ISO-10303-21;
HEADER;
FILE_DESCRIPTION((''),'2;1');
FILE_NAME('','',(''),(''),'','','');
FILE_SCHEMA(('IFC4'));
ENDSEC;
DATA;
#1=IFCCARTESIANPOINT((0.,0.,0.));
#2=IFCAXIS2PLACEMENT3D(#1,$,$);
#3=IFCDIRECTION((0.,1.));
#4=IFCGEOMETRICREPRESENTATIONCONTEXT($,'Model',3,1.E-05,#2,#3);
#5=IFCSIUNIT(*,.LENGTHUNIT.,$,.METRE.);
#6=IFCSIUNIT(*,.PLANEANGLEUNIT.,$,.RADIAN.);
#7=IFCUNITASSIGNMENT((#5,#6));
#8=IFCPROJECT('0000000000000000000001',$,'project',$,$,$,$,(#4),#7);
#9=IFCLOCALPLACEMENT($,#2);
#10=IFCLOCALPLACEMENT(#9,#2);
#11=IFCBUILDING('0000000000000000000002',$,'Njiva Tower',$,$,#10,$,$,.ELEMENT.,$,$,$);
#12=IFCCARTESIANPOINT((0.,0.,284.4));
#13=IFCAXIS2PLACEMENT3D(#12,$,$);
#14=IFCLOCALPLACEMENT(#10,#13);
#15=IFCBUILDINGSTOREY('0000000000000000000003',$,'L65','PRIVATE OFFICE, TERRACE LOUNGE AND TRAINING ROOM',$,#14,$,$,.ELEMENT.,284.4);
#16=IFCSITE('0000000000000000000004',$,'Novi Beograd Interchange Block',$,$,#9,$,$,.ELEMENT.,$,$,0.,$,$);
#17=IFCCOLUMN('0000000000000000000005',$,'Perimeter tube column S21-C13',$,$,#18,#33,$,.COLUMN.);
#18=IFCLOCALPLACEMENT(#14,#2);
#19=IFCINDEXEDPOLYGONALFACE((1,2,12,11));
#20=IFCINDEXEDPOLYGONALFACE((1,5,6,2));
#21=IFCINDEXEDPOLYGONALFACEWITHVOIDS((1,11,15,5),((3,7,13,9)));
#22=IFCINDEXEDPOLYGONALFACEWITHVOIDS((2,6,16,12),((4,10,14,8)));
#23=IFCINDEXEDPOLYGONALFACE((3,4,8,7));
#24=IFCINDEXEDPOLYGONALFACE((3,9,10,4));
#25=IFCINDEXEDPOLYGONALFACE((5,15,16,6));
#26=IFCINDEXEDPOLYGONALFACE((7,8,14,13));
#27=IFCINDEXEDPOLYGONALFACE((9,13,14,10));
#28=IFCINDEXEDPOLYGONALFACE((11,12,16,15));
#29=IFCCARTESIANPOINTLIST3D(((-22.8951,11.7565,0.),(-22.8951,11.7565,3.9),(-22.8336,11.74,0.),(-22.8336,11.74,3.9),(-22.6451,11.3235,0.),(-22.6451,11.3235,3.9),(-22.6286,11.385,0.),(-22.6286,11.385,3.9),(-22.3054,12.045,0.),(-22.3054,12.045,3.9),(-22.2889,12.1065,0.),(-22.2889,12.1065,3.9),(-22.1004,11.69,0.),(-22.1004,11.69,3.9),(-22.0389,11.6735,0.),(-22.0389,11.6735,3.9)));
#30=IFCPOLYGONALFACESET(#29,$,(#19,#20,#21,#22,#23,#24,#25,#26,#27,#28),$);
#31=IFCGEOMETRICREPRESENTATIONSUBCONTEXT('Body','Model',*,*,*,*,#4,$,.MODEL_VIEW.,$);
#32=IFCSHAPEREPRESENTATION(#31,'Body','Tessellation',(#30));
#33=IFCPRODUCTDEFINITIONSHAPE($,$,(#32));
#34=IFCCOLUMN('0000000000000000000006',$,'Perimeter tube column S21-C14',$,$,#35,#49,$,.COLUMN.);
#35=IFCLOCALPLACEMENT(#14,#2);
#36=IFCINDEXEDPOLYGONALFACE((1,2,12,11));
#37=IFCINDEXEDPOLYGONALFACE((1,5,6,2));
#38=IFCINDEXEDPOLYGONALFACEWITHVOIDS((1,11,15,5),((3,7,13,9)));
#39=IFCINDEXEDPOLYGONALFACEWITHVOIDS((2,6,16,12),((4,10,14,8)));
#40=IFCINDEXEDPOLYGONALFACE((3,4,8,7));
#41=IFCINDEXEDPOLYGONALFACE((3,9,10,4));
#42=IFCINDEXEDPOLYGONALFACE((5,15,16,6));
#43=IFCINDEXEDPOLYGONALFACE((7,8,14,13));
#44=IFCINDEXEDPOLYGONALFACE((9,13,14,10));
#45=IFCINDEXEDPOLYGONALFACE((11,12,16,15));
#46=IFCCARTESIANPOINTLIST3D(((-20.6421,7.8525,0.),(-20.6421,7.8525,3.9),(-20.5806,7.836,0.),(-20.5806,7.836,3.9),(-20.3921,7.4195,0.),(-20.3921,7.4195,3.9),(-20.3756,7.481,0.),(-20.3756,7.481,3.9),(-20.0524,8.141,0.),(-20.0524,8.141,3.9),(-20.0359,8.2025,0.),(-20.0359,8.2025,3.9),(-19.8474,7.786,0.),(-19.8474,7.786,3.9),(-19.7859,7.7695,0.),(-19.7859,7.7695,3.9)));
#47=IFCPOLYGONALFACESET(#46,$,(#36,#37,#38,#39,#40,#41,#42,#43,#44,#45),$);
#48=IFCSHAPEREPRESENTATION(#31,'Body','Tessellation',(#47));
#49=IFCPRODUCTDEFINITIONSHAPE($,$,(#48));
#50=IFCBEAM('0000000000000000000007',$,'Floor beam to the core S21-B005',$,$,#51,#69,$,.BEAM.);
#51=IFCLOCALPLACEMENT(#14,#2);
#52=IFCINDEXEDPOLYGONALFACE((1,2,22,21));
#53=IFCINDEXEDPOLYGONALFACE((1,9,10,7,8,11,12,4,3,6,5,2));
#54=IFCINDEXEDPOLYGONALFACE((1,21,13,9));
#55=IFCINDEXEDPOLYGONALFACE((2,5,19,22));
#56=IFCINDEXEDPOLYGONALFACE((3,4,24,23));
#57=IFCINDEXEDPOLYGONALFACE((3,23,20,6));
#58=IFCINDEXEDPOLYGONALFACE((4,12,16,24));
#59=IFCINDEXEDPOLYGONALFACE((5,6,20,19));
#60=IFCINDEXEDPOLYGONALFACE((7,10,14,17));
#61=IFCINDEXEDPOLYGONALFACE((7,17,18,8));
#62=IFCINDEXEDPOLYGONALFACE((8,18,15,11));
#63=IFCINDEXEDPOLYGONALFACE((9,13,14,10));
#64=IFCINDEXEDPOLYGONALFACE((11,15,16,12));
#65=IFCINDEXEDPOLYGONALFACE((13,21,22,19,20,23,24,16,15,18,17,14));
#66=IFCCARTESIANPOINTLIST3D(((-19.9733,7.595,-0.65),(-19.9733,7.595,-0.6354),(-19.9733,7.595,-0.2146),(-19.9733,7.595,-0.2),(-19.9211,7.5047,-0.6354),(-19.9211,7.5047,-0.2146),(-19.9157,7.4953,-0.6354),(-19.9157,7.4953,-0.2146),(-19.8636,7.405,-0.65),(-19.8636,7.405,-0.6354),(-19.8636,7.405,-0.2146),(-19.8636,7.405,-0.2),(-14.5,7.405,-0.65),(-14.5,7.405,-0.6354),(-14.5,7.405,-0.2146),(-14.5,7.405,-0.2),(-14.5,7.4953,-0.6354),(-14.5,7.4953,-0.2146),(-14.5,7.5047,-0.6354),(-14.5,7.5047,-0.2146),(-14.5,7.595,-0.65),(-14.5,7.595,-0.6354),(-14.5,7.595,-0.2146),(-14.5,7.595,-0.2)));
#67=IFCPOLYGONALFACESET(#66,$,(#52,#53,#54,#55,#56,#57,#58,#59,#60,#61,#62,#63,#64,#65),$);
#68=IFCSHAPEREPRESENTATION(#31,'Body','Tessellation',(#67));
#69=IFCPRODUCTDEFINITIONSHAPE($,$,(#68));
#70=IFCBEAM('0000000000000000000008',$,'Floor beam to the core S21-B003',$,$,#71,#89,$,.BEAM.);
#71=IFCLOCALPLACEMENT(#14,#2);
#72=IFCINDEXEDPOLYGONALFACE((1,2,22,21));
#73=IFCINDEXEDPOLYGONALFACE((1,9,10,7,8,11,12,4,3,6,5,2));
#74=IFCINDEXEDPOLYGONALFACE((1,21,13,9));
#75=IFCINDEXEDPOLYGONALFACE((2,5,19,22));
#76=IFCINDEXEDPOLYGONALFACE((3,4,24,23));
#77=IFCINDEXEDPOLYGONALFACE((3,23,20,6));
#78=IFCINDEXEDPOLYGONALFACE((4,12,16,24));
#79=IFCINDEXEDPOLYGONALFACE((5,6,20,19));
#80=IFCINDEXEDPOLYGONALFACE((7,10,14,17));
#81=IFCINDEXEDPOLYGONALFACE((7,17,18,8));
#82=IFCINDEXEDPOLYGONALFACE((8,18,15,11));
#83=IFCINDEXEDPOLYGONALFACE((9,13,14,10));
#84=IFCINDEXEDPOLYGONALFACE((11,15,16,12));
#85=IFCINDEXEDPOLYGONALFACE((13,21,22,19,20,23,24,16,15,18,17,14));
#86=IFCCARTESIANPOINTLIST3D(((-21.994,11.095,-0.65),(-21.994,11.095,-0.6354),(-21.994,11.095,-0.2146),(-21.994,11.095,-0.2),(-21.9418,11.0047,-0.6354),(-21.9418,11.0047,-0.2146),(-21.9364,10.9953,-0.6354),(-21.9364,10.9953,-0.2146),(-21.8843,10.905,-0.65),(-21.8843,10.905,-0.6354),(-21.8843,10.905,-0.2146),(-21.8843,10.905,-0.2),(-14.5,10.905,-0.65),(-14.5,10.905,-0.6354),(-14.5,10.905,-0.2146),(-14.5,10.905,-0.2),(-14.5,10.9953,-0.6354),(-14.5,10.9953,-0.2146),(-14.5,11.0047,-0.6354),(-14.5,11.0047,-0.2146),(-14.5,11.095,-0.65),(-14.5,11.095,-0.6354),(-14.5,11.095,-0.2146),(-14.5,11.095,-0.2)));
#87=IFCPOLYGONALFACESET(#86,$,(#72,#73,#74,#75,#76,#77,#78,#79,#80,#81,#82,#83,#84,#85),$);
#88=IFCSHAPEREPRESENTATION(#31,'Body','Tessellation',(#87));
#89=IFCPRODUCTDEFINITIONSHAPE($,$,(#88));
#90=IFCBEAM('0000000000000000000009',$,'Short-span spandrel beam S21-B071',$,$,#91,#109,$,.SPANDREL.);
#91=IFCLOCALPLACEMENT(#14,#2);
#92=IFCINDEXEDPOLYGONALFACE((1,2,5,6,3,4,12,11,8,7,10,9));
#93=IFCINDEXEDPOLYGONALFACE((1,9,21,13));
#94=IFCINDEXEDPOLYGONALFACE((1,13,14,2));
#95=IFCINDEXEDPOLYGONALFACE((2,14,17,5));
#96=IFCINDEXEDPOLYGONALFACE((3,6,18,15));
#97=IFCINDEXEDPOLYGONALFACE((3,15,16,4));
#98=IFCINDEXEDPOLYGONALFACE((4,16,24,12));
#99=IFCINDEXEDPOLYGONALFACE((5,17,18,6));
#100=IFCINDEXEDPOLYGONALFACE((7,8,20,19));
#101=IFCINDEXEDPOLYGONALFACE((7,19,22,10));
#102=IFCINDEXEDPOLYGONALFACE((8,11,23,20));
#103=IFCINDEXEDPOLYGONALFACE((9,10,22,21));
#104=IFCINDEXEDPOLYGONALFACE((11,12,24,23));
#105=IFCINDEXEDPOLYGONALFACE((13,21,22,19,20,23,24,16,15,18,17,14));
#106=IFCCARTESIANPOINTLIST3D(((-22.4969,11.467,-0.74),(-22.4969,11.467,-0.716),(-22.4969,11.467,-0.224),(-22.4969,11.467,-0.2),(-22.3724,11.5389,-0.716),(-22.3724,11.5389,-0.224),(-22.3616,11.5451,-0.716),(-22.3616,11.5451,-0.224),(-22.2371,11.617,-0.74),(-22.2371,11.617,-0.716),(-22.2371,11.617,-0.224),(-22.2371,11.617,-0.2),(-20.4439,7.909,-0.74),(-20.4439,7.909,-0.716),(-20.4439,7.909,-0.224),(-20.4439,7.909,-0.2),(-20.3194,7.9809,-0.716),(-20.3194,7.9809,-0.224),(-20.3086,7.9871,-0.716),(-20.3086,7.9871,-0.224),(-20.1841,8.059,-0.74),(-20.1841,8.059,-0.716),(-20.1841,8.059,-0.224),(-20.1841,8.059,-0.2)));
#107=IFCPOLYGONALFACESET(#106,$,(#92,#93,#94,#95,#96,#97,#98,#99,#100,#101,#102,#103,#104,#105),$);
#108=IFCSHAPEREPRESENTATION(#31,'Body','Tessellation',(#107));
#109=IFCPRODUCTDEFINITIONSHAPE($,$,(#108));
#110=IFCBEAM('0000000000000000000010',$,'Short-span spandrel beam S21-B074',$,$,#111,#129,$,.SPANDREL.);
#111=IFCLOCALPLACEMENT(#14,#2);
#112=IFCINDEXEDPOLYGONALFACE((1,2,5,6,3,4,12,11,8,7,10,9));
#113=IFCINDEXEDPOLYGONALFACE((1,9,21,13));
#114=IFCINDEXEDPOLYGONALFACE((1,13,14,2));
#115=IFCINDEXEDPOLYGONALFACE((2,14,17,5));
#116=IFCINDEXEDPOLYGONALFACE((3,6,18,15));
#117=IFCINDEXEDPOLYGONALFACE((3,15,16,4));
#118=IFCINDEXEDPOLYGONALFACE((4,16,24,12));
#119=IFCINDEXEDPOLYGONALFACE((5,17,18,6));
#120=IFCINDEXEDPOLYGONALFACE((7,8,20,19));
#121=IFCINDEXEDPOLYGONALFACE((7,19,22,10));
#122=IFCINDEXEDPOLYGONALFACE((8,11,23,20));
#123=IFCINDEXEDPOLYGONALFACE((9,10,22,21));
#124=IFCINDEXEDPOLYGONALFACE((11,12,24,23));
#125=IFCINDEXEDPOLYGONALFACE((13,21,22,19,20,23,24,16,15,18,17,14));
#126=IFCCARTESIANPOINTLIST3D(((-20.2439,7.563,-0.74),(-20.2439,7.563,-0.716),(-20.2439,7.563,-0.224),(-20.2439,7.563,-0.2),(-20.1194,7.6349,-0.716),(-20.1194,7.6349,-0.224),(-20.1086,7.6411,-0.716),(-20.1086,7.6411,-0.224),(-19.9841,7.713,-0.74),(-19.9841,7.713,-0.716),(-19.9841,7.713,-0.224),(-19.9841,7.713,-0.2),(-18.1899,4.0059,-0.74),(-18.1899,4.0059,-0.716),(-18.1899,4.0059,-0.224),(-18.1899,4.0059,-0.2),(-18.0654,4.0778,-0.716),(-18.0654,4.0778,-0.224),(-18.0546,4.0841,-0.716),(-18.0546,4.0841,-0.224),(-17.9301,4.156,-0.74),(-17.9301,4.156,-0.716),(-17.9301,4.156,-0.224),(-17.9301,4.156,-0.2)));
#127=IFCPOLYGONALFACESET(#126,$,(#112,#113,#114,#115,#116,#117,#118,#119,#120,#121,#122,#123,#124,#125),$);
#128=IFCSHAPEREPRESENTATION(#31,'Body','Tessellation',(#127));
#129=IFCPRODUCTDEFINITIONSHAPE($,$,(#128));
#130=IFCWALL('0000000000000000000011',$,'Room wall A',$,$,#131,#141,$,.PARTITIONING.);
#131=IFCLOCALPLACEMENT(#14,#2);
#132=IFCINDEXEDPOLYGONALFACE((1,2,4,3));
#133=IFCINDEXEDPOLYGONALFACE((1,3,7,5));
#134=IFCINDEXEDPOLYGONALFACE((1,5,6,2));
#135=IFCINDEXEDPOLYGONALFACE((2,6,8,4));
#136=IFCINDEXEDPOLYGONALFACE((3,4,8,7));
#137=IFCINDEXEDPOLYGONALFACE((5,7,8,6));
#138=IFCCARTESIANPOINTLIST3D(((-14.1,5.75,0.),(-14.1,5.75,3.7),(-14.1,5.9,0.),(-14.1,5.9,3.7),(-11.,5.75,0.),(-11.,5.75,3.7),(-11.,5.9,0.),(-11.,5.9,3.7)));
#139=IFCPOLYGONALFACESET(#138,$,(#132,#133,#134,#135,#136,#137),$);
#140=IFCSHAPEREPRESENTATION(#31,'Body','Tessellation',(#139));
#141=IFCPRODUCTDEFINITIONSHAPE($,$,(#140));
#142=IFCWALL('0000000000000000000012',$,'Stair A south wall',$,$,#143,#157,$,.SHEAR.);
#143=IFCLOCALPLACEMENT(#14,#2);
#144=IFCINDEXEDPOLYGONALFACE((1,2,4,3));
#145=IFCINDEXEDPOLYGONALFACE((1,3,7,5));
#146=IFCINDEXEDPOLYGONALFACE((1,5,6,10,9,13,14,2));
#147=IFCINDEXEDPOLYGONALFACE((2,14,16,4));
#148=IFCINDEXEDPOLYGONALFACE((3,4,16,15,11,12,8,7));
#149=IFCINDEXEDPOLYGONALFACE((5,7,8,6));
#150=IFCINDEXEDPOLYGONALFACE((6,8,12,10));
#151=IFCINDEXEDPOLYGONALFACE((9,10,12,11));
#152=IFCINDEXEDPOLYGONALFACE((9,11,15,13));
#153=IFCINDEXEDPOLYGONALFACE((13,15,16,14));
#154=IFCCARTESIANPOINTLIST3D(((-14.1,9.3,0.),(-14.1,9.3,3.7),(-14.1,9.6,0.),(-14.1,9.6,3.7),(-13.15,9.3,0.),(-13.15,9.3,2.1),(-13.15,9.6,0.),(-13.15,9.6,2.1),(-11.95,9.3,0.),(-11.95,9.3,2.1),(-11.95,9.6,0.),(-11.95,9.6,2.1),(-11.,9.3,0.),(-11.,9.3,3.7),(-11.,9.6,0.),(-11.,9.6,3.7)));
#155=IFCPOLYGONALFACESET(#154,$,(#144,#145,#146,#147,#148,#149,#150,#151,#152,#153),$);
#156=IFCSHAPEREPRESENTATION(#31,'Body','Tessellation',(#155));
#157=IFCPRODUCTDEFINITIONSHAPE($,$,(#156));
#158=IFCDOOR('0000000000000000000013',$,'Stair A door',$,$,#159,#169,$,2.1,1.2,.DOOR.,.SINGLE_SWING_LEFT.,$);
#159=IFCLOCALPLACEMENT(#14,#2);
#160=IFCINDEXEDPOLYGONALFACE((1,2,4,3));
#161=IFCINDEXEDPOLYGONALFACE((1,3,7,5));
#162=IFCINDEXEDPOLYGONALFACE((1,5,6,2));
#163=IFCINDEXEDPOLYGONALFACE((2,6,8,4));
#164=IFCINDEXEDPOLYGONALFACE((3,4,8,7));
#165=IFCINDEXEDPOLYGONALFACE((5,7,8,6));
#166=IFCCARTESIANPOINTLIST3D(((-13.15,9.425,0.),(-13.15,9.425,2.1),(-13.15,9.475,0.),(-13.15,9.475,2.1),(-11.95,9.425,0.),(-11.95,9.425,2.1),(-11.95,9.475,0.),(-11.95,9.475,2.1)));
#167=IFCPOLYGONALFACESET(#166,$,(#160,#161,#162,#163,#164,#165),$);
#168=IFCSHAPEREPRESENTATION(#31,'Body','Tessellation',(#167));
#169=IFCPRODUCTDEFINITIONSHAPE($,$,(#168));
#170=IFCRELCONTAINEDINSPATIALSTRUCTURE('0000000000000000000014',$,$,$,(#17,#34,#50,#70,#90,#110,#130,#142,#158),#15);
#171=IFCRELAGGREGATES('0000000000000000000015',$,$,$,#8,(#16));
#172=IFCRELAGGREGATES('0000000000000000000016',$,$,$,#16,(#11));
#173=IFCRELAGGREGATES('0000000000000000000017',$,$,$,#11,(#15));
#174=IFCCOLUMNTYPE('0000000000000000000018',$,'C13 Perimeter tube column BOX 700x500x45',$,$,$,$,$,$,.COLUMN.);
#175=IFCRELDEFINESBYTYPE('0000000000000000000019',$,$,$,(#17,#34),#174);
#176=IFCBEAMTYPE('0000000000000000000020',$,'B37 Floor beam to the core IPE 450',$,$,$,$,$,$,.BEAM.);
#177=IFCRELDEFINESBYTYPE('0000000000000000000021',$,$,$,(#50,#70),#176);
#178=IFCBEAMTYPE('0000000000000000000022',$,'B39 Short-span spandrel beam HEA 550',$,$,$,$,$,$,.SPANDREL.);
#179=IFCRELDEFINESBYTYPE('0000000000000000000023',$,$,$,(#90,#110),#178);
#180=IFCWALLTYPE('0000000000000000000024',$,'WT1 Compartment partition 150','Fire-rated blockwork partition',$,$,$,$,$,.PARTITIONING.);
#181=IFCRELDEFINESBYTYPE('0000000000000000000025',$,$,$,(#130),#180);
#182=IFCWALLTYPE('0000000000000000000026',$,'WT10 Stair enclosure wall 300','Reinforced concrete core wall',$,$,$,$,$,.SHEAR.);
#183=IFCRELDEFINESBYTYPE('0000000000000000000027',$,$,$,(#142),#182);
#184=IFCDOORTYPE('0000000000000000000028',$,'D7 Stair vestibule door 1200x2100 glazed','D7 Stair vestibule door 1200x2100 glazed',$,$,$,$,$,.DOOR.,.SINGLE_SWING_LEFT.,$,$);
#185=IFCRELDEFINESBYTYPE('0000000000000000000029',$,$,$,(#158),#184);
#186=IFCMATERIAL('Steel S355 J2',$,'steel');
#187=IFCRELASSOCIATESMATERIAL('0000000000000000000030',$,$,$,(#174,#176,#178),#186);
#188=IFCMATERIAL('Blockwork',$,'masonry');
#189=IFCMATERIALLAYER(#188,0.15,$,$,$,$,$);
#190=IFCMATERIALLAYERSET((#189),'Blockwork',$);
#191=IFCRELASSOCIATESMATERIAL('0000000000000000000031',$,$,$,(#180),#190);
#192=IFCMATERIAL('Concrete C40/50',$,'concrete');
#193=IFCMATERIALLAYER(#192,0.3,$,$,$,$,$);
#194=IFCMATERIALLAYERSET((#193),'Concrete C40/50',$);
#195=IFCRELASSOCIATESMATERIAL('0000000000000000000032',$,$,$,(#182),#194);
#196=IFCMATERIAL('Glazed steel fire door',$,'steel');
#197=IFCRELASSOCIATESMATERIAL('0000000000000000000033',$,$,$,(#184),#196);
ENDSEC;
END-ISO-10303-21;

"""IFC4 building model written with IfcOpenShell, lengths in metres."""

from ifc_helpers import new_model, si_unit, direction, frame, frame_2d, origin, origin_2d, place, context, subcontext, project, spatial, rectangle, hollow_rectangle, i_section, extrude, clip, halfspace, material, layer, layer_set, material_profile, profile_set, type_object, element, fill, save


model = new_model("IFC4")

# Units and contexts
model_context = context("Model", 3, precision=1e-05, world=origin(), true_north=direction((0.0, 1.0)))
body_context = subcontext(model_context, "Body", "Model", "MODEL_VIEW")
ifc_project = project(units=[si_unit("LENGTHUNIT", "METRE"), si_unit("PLANEANGLEUNIT", "RADIAN")], contexts=[model_context])

# Site, building, storey
site_placement = place(None, origin())
site = spatial("IfcSite", under=ifc_project, at=site_placement, Name="Novi Beograd Interchange Block", CompositionType="ELEMENT", RefElevation=0.0)
building_placement = place(site_placement, origin())
building = spatial("IfcBuilding", under=site, at=building_placement, Name="Njiva Tower", CompositionType="ELEMENT")
storey_placement = place(building_placement, frame((0.0, 0.0, 284.4)))
storey = spatial("IfcBuildingStorey", under=building, at=storey_placement, Name="L65", Description="PRIVATE OFFICE, TERRACE LOUNGE AND TRAINING ROOM", CompositionType="ELEMENT", Elevation=284.4)

# Columns
ifc_material_1 = material(Name="Steel S355 J2", Category="steel")
ifc_material_profile_1 = material_profile(ifc_material_1, hollow_rectangle(XDim=0.5, YDim=0.7, WallThickness=0.045, at=origin_2d()), Name="BOX 700x500x45")
ifc_profile_set_1 = profile_set([ifc_material_profile_1], Name="Steel S355 J2")
column_type = type_object("IfcColumnType", Name="C13 Perimeter tube column BOX 700x500x45", PredefinedType="COLUMN", material=ifc_profile_set_1)
for number, where, z_axis, x_axis, name in (
    (1, (-22.467, 11.715, 0.0), (0.0, 0.0, 1.0), (0.5, -0.866025, 0.0), "Perimeter tube column S21-C13"),
    (2, (-20.214, 7.811, 0.0), (0.0, 0.0, 1.0), (0.5, -0.866025, 0.0), "Perimeter tube column S21-C14"),
):
    element("IfcColumn", number, at=place(storey_placement, frame(where, z_axis=z_axis, x_axis=x_axis)), inside=storey, type_object=column_type, Name=name, PredefinedType="COLUMN", context=body_context, shape_type="SweptSolid", body=[
        extrude(hollow_rectangle(XDim=0.5, YDim=0.7, WallThickness=0.045, at=origin_2d()), origin(), (0.0, 0.0, 1.0), 3.9),
    ])

# Beams
ifc_material_profile_2 = material_profile(ifc_material_1, i_section(OverallWidth=0.19, OverallDepth=0.45, WebThickness=0.0094, FlangeThickness=0.0146, at=origin_2d()), Name="IPE 450")
ifc_profile_set_2 = profile_set([ifc_material_profile_2], Name="Steel S355 J2")
beam_type_1 = type_object("IfcBeamType", Name="B37 Floor beam to the core IPE 450", PredefinedType="BEAM", material=ifc_profile_set_2)
beam_1_placement = place(storey_placement, frame((-19.993, 7.5, -0.425), z_axis=(1.0, 0.0, 0.0), x_axis=(0.0, 1.0, 0.0)))
element("IfcBeam", 3, at=beam_1_placement, inside=storey, type_object=beam_type_1, Name="Floor beam to the core S21-B005", PredefinedType="BEAM", context=body_context, shape_type="Clipping", body=[
    clip(extrude(i_section(OverallWidth=0.19, OverallDepth=0.45, WebThickness=0.0094, FlangeThickness=0.0146, at=origin_2d()), origin(), (0.0, 0.0, 1.0), 5.493), halfspace(frame((-0.025, 0.0, 0.089), z_axis=(-0.499998, 0.0, -0.866027), x_axis=(0.0, -1.0, 0.0)), False)),
])
beam_2_placement = place(storey_placement, frame((-22.014, 11.0, -0.425), z_axis=(1.0, 0.0, 0.0), x_axis=(0.0, 1.0, 0.0)))
element("IfcBeam", 4, at=beam_2_placement, inside=storey, type_object=beam_type_1, Name="Floor beam to the core S21-B003", PredefinedType="BEAM", context=body_context, shape_type="Clipping", body=[
    clip(extrude(i_section(OverallWidth=0.19, OverallDepth=0.45, WebThickness=0.0094, FlangeThickness=0.0146, at=origin_2d()), origin(), (0.0, 0.0, 1.0), 7.514), halfspace(frame((-0.025, 0.0, 0.0893), z_axis=(-0.499998, 0.0, -0.866027), x_axis=(0.0, -1.0, 0.0)), False)),
])
ifc_material_profile_3 = material_profile(ifc_material_1, i_section(OverallWidth=0.3, OverallDepth=0.54, WebThickness=0.0125, FlangeThickness=0.024, at=origin_2d()), Name="HEA 550")
ifc_profile_set_3 = profile_set([ifc_material_profile_3], Name="Steel S355 J2")
beam_type_2 = type_object("IfcBeamType", Name="B39 Short-span spandrel beam HEA 550", PredefinedType="SPANDREL", material=ifc_profile_set_3)
beam_3_placement = place(storey_placement, frame((-22.367, 11.542, -0.47), z_axis=(0.499779, -0.866153, 0.0), x_axis=(0.866153, 0.499779, 0.0)))
element("IfcBeam", 5, at=beam_3_placement, inside=storey, type_object=beam_type_2, Name="Short-span spandrel beam S21-B071", PredefinedType="SPANDREL", context=body_context, shape_type="SweptSolid", body=[
    extrude(i_section(OverallWidth=0.3, OverallDepth=0.54, WebThickness=0.0125, FlangeThickness=0.024, at=origin_2d()), origin(), (0.0, 0.0, 1.0), 4.1078),
])
beam_4_placement = place(storey_placement, frame((-20.114, 7.638, -0.47), z_axis=(0.500067, -0.865987, 0.0), x_axis=(0.865987, 0.500067, 0.0)))
element("IfcBeam", 6, at=beam_4_placement, inside=storey, type_object=beam_type_2, Name="Short-span spandrel beam S21-B074", PredefinedType="SPANDREL", context=body_context, shape_type="SweptSolid", body=[
    extrude(i_section(OverallWidth=0.3, OverallDepth=0.54, WebThickness=0.0125, FlangeThickness=0.024, at=origin_2d()), origin(), (0.0, 0.0, 1.0), 4.1075),
])

# Wall
ifc_material_2 = material(Name="Blockwork", Category="masonry")
ifc_layer_1 = layer(ifc_material_2, 0.15)
ifc_layer_set_1 = layer_set([ifc_layer_1], Name="Blockwork")
wall_type_1 = type_object("IfcWallType", Name="WT1 Compartment partition 150", Description="Fire-rated blockwork partition", PredefinedType="PARTITIONING", material=ifc_layer_set_1)
wall_1_placement = place(storey_placement, frame((-14.1, 5.825, 0.0), z_axis=(0.0, 0.0, 1.0), x_axis=(1.0, 0.0, 0.0)))
element("IfcWall", 7, at=wall_1_placement, inside=storey, type_object=wall_type_1, Name="Room wall A", PredefinedType="PARTITIONING", context=body_context, shape_type="SweptSolid", body=[
    extrude(rectangle(XDim=3.1, YDim=0.15, at=frame_2d((1.55, 0.0))), origin(), (0.0, 0.0, 1.0), 3.7),
])

# Wall, opening, door
ifc_material_3 = material(Name="Concrete C40/50", Category="concrete")
ifc_layer_2 = layer(ifc_material_3, 0.3)
ifc_layer_set_2 = layer_set([ifc_layer_2], Name="Concrete C40/50")
wall_type_2 = type_object("IfcWallType", Name="WT10 Stair enclosure wall 300", Description="Reinforced concrete core wall", PredefinedType="SHEAR", material=ifc_layer_set_2)
wall_2_placement = place(storey_placement, frame((-14.1, 9.45, 0.0), z_axis=(0.0, 0.0, 1.0), x_axis=(1.0, 0.0, 0.0)))
wall_2 = element("IfcWall", 8, at=wall_2_placement, inside=storey, type_object=wall_type_2, Name="Stair A south wall", PredefinedType="SHEAR", context=body_context, shape_type="SweptSolid", body=[
    extrude(rectangle(XDim=3.1, YDim=0.3, at=frame_2d((1.55, 0.0))), origin(), (0.0, 0.0, 1.0), 3.7),
])
opening_1_placement = place(wall_2_placement, frame((0.95, 0.0, 0.0)))
opening_1 = element("IfcOpeningElement", 9, at=opening_1_placement, cuts=wall_2, PredefinedType="OPENING", context=body_context, shape_type="SweptSolid", body=[
    extrude(rectangle(XDim=1.2, YDim=2.1, at=frame_2d((0.6, 1.05))), frame((0.0, 0.16, 0.0), z_axis=(0.0, -1.0, 0.0), x_axis=(1.0, 0.0, 0.0)), (0.0, 0.0, 1.0), 0.32),
])
ifc_material_4 = material(Name="Glazed steel fire door", Category="steel")
door_type_1 = type_object("IfcDoorType", Name="D7 Stair vestibule door 1200x2100 glazed", Description="D7 Stair vestibule door 1200x2100 glazed", OperationType="SINGLE_SWING_LEFT", PredefinedType="DOOR", material=ifc_material_4)
door_1_placement = place(opening_1_placement, origin())
door_1 = element("IfcDoor", 10, at=door_1_placement, inside=storey, type_object=door_type_1, Name="Stair A door", OperationType="SINGLE_SWING_LEFT", OverallHeight=2.1, OverallWidth=1.2, PredefinedType="DOOR", context=body_context, shape_type="SweptSolid", body=[
    extrude(rectangle(XDim=1.2, YDim=2.1, at=frame_2d((0.6, 1.05))), frame((0.0, 0.025, 0.0), z_axis=(0.0, -1.0, 0.0), x_axis=(1.0, 0.0, 0.0)), (0.0, 0.0, 1.0), 0.05),
])
fill(opening_1, door_1)

save(model, "model.ifc")
